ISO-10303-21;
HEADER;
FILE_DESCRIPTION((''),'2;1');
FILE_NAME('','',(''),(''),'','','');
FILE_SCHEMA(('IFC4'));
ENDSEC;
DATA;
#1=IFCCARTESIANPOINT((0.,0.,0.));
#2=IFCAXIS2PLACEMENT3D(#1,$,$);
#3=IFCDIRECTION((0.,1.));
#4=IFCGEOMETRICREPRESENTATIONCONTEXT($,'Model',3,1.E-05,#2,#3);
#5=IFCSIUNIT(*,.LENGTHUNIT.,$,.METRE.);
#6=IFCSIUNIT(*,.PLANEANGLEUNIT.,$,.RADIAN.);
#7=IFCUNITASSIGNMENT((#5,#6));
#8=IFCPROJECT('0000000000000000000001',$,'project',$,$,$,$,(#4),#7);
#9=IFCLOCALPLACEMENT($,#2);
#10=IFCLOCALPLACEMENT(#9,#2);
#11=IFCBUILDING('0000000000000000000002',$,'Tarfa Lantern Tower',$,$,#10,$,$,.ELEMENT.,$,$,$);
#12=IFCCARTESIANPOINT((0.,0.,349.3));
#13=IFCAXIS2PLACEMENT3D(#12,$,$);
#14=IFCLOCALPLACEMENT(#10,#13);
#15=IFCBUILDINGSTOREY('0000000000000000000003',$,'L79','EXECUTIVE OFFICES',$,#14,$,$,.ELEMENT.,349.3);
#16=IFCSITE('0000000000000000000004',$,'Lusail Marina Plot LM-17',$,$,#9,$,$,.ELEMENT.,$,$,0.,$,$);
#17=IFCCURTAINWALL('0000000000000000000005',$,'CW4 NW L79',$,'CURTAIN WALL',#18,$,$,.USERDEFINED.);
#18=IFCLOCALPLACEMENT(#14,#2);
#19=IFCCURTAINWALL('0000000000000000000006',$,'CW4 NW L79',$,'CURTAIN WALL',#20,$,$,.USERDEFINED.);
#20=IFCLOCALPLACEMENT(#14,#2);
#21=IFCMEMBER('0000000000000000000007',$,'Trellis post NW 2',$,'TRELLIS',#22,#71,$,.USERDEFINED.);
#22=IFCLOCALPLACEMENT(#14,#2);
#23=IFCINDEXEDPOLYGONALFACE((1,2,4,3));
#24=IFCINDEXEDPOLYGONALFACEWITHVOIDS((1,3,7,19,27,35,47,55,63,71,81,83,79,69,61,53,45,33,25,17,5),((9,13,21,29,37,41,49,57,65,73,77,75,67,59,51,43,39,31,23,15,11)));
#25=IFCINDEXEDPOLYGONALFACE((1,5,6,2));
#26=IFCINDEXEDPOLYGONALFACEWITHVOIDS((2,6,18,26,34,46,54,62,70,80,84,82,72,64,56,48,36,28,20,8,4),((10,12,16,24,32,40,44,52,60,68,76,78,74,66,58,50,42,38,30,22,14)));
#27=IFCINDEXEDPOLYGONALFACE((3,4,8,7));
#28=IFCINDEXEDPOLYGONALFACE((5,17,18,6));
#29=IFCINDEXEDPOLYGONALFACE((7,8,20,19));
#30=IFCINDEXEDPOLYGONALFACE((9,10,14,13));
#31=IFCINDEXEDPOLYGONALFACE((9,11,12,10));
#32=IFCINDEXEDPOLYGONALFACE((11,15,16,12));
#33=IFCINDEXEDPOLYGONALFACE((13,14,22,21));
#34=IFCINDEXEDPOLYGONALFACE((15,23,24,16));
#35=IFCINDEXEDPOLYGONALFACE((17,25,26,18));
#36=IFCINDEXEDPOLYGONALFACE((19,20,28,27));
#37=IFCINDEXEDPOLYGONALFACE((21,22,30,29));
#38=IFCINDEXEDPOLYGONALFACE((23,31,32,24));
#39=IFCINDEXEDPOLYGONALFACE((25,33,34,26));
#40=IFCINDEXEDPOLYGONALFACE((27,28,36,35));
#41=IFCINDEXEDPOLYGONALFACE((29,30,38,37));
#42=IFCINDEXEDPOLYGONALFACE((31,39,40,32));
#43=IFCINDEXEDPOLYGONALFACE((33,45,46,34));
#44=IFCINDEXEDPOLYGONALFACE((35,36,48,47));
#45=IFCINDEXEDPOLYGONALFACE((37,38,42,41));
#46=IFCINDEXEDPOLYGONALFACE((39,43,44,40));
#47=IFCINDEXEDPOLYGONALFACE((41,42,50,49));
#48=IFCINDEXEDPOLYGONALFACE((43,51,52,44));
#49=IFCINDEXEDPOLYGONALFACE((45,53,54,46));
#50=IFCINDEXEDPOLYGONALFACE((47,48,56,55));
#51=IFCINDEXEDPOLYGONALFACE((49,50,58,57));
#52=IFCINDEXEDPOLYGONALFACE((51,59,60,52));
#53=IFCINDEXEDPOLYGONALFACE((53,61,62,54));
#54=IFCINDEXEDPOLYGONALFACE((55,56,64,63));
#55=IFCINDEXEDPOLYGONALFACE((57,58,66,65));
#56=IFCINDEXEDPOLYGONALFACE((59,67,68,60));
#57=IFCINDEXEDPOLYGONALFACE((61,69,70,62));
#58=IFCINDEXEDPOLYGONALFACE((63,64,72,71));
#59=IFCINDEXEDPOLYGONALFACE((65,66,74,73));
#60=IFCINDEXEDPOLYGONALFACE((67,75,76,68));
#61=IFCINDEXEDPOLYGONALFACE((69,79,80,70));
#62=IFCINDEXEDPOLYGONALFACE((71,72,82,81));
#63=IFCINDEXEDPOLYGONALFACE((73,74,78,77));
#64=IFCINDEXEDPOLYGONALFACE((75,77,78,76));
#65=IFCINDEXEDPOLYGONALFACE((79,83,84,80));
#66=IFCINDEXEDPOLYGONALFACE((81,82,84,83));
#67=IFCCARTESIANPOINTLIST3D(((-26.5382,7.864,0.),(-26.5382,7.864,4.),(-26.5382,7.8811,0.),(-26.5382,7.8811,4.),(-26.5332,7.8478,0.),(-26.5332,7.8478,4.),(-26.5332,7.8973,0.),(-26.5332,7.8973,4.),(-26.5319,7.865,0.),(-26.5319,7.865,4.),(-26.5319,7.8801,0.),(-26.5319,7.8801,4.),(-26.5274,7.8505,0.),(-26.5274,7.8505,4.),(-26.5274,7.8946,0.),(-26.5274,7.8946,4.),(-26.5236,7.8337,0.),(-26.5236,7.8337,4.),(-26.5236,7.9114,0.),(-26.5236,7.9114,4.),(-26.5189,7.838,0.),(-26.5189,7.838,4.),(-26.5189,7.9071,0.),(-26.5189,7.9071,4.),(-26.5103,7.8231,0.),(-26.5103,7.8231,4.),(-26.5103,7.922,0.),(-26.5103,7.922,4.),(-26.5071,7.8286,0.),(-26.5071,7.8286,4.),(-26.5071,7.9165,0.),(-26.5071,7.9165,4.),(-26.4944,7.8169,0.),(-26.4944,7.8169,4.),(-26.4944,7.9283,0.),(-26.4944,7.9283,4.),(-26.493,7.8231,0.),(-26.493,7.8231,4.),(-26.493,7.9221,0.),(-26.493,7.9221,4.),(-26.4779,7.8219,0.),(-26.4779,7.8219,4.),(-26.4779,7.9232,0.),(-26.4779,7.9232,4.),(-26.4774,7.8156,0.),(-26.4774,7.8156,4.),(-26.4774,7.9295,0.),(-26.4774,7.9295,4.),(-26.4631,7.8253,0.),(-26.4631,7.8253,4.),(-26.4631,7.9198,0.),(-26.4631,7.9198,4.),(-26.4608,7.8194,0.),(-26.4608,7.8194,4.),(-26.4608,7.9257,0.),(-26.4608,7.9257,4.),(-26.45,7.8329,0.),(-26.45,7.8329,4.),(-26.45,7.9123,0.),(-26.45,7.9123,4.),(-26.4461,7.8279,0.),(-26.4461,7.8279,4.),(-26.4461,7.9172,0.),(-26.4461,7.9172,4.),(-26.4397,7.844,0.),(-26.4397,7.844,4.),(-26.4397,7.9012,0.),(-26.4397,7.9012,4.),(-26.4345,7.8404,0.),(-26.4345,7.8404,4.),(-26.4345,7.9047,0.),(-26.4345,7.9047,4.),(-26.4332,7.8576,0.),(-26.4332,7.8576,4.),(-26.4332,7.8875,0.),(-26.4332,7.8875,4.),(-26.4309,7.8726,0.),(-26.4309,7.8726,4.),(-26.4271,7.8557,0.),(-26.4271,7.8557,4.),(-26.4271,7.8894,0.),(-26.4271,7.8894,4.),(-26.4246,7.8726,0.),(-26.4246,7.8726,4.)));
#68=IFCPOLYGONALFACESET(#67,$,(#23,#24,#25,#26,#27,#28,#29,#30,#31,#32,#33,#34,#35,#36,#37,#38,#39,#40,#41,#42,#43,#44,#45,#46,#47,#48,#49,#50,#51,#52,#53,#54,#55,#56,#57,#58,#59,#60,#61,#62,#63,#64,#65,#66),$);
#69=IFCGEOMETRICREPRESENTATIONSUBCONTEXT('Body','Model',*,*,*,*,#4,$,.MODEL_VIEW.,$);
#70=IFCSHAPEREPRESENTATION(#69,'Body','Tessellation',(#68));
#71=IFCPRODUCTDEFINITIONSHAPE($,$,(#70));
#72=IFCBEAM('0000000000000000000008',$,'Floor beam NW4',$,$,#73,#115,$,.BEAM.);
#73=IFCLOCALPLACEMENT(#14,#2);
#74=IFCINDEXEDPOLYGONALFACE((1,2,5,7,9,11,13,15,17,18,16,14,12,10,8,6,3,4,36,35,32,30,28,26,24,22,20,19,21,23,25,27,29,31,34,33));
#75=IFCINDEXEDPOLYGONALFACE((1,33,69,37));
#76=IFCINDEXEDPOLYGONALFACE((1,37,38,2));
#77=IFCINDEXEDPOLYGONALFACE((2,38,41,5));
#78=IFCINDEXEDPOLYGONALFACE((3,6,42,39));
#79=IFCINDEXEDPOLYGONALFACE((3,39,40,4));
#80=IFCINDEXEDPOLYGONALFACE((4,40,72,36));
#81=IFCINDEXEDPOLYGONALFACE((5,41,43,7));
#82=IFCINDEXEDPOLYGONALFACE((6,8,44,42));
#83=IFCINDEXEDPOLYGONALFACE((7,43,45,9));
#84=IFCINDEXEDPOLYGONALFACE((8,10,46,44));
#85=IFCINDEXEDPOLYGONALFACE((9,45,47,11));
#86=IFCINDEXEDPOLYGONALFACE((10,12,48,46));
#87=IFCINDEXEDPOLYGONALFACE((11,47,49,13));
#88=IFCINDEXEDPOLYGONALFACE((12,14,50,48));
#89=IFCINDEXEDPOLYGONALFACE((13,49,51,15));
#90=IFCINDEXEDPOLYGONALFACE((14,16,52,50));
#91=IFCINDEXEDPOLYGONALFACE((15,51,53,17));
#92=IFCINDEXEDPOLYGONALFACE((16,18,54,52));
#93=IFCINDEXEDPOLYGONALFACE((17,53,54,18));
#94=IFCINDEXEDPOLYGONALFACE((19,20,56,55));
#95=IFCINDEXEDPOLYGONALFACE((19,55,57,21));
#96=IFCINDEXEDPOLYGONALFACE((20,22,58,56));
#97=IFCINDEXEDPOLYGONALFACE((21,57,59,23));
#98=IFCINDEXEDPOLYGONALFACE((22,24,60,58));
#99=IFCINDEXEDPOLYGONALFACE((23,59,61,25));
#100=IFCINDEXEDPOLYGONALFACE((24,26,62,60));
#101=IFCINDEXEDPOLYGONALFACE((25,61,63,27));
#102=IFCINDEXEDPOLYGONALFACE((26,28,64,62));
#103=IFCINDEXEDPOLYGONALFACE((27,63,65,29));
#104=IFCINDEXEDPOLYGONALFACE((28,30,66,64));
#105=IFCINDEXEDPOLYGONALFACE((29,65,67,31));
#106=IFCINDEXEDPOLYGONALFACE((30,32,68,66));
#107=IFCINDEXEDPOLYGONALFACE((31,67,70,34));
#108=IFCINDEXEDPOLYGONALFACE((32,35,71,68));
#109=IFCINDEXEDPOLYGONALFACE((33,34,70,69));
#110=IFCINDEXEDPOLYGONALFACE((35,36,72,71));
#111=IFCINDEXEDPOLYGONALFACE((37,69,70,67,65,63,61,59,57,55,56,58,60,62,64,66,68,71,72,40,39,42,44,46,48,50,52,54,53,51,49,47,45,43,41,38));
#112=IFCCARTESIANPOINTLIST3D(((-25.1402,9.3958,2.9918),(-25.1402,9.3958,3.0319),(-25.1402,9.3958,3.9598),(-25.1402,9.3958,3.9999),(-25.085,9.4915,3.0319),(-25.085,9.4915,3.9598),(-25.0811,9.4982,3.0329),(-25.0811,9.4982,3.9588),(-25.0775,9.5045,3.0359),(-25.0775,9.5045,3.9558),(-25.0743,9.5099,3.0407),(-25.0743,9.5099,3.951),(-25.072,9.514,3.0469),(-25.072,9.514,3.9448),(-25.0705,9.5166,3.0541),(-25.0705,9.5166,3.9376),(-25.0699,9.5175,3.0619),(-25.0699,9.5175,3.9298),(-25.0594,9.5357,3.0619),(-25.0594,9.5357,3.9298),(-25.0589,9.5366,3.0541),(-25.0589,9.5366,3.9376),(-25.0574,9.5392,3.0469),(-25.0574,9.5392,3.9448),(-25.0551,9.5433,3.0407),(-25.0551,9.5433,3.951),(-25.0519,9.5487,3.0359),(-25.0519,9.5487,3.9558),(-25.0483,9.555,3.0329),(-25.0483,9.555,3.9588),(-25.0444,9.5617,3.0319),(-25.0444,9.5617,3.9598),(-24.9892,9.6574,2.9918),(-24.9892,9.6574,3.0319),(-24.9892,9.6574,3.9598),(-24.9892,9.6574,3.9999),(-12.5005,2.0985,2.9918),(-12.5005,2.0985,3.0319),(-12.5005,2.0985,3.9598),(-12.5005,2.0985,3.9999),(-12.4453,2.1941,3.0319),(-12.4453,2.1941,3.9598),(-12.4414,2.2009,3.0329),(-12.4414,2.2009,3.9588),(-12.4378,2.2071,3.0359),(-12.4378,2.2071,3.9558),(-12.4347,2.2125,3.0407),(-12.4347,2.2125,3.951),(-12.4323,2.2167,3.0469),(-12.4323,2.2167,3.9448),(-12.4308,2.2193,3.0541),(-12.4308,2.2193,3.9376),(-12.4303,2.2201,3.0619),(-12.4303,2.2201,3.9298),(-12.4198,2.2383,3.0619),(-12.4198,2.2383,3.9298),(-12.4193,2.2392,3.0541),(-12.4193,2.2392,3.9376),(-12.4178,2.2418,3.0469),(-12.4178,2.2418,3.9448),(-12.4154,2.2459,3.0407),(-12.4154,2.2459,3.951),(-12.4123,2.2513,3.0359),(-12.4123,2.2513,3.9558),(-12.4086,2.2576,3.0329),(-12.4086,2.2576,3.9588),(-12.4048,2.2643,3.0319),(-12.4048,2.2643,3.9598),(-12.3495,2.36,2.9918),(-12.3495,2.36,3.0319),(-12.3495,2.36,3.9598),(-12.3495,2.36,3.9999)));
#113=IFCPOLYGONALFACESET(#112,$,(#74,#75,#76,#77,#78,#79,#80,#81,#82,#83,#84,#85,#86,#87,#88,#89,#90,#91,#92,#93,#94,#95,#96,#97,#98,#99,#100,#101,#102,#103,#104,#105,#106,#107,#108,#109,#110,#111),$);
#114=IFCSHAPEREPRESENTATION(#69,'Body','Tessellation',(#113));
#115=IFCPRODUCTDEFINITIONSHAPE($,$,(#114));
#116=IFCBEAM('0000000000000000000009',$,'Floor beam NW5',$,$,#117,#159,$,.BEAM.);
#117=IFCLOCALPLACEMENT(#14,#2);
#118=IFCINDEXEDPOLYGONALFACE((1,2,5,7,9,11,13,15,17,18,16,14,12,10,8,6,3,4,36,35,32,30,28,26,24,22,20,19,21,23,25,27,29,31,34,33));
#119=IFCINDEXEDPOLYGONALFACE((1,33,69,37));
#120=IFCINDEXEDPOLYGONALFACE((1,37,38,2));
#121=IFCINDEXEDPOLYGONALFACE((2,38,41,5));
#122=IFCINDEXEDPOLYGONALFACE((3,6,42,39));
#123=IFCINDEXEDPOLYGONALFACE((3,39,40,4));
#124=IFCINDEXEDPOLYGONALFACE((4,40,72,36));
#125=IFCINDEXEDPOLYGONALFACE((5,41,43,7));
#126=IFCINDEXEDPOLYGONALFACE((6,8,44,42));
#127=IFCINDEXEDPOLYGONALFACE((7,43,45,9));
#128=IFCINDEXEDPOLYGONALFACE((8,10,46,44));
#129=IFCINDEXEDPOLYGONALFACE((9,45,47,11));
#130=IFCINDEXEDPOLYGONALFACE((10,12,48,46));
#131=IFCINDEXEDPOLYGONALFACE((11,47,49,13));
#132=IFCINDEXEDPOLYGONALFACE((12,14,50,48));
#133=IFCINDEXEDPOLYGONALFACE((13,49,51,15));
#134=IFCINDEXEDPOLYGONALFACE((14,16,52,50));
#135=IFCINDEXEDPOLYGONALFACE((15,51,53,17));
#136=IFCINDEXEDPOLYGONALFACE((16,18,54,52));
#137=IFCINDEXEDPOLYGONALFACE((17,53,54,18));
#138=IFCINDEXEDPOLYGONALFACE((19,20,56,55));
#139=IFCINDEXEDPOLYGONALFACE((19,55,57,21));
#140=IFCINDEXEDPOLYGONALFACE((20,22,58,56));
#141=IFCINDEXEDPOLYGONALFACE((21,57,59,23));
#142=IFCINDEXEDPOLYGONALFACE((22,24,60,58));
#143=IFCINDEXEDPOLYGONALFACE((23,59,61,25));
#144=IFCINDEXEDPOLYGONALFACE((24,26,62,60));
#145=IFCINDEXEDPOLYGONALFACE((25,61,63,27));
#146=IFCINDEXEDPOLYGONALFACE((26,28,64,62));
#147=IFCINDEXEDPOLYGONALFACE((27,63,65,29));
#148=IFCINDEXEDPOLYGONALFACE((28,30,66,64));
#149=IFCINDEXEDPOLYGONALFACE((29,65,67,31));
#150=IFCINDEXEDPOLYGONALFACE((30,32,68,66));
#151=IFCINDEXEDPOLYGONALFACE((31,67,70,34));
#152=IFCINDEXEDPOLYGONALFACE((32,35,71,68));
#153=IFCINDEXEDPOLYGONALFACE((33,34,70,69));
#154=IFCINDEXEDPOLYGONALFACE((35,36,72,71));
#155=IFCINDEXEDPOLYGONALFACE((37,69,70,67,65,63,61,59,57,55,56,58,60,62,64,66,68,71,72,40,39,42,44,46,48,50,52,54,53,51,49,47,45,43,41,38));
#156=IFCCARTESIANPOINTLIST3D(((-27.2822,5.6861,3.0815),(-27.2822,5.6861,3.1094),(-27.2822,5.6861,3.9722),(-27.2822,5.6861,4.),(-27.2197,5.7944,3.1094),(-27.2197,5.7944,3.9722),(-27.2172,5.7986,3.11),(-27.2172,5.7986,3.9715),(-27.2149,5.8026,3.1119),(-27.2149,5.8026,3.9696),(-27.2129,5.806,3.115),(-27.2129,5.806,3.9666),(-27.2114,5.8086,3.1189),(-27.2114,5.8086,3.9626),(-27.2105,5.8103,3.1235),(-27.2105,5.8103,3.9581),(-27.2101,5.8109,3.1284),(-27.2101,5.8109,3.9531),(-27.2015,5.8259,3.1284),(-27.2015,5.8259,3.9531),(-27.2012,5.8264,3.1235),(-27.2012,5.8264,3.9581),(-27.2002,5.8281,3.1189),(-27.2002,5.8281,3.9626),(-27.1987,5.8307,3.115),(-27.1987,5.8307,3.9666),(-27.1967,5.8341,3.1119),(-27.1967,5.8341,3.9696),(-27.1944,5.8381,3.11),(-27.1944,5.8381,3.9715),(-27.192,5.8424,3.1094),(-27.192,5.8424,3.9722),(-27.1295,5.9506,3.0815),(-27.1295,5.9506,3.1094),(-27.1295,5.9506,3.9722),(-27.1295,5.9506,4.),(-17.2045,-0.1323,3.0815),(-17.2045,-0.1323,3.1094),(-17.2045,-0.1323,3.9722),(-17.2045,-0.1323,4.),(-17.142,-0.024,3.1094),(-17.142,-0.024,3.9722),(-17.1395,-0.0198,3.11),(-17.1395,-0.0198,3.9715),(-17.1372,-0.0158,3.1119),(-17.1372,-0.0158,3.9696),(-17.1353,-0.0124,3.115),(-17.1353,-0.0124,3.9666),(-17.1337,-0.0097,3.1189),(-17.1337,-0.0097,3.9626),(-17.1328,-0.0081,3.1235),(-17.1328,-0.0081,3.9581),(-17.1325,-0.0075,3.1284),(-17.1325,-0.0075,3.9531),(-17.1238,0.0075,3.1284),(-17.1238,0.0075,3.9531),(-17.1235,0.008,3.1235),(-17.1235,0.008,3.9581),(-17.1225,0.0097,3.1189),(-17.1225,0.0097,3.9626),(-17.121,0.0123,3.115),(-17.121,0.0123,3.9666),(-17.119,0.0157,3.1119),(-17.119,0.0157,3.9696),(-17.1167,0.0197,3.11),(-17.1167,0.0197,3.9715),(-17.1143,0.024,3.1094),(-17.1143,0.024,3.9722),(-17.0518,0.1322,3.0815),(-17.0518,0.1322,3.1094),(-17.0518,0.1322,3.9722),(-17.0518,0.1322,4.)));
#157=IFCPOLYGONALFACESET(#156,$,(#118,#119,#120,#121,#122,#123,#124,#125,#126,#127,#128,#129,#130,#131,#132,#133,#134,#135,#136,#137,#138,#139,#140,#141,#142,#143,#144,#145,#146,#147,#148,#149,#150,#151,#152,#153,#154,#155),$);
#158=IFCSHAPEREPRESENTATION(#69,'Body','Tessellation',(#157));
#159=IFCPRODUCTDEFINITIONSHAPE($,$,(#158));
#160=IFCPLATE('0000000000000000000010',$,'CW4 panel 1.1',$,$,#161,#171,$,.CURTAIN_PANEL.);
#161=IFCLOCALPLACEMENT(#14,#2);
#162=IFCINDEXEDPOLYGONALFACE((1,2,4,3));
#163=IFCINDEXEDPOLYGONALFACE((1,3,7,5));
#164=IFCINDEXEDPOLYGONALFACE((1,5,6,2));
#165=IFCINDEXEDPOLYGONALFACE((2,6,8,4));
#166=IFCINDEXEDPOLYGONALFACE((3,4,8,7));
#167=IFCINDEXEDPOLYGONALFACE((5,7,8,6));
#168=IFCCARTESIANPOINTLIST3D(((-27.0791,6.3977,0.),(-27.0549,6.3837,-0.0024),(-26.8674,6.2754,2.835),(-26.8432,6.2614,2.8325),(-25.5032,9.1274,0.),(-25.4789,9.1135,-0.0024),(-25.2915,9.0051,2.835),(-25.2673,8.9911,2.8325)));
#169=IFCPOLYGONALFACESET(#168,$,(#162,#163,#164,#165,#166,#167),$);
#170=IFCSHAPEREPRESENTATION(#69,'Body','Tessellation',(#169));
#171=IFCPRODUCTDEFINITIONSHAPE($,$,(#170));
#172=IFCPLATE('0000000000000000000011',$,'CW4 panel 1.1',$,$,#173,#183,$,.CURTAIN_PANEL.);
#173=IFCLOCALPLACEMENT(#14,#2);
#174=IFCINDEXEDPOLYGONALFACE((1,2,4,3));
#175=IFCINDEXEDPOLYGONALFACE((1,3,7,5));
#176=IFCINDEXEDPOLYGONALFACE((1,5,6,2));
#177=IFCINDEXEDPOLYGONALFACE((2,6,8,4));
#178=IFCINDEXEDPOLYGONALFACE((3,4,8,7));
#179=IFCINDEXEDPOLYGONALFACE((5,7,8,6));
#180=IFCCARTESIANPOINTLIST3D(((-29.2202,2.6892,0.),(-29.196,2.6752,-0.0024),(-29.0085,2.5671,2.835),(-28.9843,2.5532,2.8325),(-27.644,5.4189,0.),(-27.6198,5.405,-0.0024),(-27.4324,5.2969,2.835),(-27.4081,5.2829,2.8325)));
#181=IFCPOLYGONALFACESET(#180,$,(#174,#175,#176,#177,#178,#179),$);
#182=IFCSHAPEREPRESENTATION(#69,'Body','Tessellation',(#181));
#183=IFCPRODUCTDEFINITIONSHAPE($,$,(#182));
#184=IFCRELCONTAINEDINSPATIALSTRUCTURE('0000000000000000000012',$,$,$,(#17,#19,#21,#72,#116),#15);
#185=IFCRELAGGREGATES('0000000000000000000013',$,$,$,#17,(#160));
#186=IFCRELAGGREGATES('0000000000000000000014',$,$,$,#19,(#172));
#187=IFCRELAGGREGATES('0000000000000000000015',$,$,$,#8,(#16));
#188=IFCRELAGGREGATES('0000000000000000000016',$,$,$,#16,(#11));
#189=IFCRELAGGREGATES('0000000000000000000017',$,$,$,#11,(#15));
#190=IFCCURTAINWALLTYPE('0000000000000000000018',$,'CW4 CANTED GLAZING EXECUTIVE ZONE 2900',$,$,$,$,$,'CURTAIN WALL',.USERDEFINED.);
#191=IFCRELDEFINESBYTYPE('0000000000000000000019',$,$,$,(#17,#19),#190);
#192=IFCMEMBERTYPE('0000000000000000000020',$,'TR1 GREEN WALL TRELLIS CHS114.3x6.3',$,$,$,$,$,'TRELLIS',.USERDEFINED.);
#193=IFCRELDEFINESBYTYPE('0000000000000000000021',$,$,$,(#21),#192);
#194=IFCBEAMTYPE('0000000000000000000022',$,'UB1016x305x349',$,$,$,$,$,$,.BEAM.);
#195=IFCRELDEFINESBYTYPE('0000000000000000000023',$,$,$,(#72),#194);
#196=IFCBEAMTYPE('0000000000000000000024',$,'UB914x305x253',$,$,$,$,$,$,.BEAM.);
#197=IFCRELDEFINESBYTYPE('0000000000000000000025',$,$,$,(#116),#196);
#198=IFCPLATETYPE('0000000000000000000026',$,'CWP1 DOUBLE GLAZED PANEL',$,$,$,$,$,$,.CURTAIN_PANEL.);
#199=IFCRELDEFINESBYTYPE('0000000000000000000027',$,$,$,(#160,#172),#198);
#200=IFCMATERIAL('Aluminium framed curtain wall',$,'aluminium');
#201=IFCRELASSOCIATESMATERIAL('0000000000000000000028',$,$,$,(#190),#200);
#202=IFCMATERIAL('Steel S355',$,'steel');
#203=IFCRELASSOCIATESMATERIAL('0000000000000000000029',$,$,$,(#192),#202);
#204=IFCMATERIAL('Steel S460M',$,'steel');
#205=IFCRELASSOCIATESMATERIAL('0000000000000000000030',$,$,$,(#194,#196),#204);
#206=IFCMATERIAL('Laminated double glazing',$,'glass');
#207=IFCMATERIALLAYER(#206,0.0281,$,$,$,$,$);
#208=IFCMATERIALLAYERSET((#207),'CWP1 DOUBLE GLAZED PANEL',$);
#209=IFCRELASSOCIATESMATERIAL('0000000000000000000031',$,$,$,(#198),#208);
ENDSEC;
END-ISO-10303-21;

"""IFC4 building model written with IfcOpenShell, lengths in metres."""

from ifc_helpers import new_model, si_unit, direction, frame, origin, origin_2d, place, context, subcontext, project, spatial, polyline, hollow_circle, i_section, outline, extrude, material, layer, layer_set, material_profile, profile_set, type_object, element, aggregate, save


model = new_model("IFC4")

# Units and contexts
model_context = context("Model", 3, precision=1e-05, world=origin(), true_north=direction((0.0, 1.0)))
body_context = subcontext(model_context, "Body", "Model", "MODEL_VIEW")
ifc_project = project(units=[si_unit("LENGTHUNIT", "METRE"), si_unit("PLANEANGLEUNIT", "RADIAN")], contexts=[model_context])

# Site, building, storey
site_placement = place(None, origin())
site = spatial("IfcSite", under=ifc_project, at=site_placement, Name="Lusail Marina Plot LM-17", CompositionType="ELEMENT", RefElevation=0.0)
building_placement = place(site_placement, origin())
building = spatial("IfcBuilding", under=site, at=building_placement, Name="Tarfa Lantern Tower", CompositionType="ELEMENT")
storey_placement = place(building_placement, frame((0.0, 0.0, 349.3)))
storey = spatial("IfcBuildingStorey", under=building, at=storey_placement, Name="L79", Description="EXECUTIVE OFFICES", CompositionType="ELEMENT", Elevation=349.3)

# Shared definitions
ifc_material_1 = material(Name="Aluminium framed curtain wall", Category="aluminium")
curtain_wall_type = type_object("IfcCurtainWallType", Name="CW4 CANTED GLAZING EXECUTIVE ZONE 2900", ElementType="CURTAIN WALL", PredefinedType="USERDEFINED", material=ifc_material_1)

# Curtain walls
curtain_wall_1_placement = place(storey_placement, origin())
curtain_wall_1 = element("IfcCurtainWall", 1, at=curtain_wall_1_placement, inside=storey, type_object=curtain_wall_type, Name="CW4 NW L79", ObjectType="CURTAIN WALL", PredefinedType="USERDEFINED")
curtain_wall_2_placement = place(storey_placement, origin())
curtain_wall_2 = element("IfcCurtainWall", 2, at=curtain_wall_2_placement, inside=storey, type_object=curtain_wall_type, Name="CW4 NW L79", ObjectType="CURTAIN WALL", PredefinedType="USERDEFINED")

# Member
ifc_material_2 = material(Name="Steel S355", Category="steel")
ifc_material_profile_1 = material_profile(ifc_material_2, hollow_circle(Radius=0.0571, WallThickness=0.0063, at=origin_2d()), Name="CHS114.3x6.3")
ifc_profile_set_1 = profile_set([ifc_material_profile_1], Name="Steel S355")
member_type_1 = type_object("IfcMemberType", Name="TR1 GREEN WALL TRELLIS CHS114.3x6.3", ElementType="TRELLIS", PredefinedType="USERDEFINED", material=ifc_profile_set_1)
member_1_placement = place(storey_placement, frame((-26.4817, 7.8726, 0.0), z_axis=(0.0, 0.0, 1.0), x_axis=(1.0, 0.0, 0.0)))
element("IfcMember", 3, at=member_1_placement, inside=storey, type_object=member_type_1, Name="Trellis post NW 2", ObjectType="TRELLIS", PredefinedType="USERDEFINED", context=body_context, shape_type="SweptSolid", body=[
    extrude(hollow_circle(Radius=0.0571, WallThickness=0.0063, at=origin_2d()), origin(), (0.0, 0.0, 1.0), 4.0),
])

# Beams
ifc_material_3 = material(Name="Steel S460M", Category="steel")
ifc_material_profile_2 = material_profile(ifc_material_3, i_section(OverallWidth=0.302, OverallDepth=1.0081, WebThickness=0.021, FlangeThickness=0.04, FilletRadius=0.03, at=origin_2d()), Name="UB1016x305x349")
ifc_profile_set_2 = profile_set([ifc_material_profile_2], Name="Steel S460M")
beam_type_1 = type_object("IfcBeamType", Name="UB1016x305x349", PredefinedType="BEAM", material=ifc_profile_set_2)
beam_1_placement = place(storey_placement, frame((-25.0647, 9.5266, 3.4958), z_axis=(0.86603, -0.499993, 0.0), x_axis=(0.499993, 0.86603, 0.0)))
element("IfcBeam", 4, at=beam_1_placement, inside=storey, type_object=beam_type_1, Name="Floor beam NW4", PredefinedType="BEAM", context=body_context, shape_type="SweptSolid", body=[
    extrude(i_section(OverallWidth=0.302, OverallDepth=1.0081, WebThickness=0.021, FlangeThickness=0.04, FilletRadius=0.03, at=origin_2d()), origin(), (0.0, 0.0, 1.0), 14.595),
])
ifc_material_profile_3 = material_profile(ifc_material_3, i_section(OverallWidth=0.3054, OverallDepth=0.9185, WebThickness=0.0173, FlangeThickness=0.0278, FilletRadius=0.019, at=origin_2d()), Name="UB914x305x253")
ifc_profile_set_3 = profile_set([ifc_material_profile_3], Name="Steel S460M")
beam_type_2 = type_object("IfcBeamType", Name="UB914x305x253", PredefinedType="BEAM", material=ifc_profile_set_3)
beam_2_placement = place(storey_placement, frame((-27.2058, 5.8184, 3.5408), z_axis=(0.866024, -0.500002, 0.0), x_axis=(0.500002, 0.866024, 0.0)))
element("IfcBeam", 5, at=beam_2_placement, inside=storey, type_object=beam_type_2, Name="Floor beam NW5", PredefinedType="BEAM", context=body_context, shape_type="SweptSolid", body=[
    extrude(i_section(OverallWidth=0.3054, OverallDepth=0.9185, WebThickness=0.0173, FlangeThickness=0.0278, FilletRadius=0.019, at=origin_2d()), origin(), (0.0, 0.0, 1.0), 11.6367),
])

# Plates
ifc_material_4 = material(Name="Laminated double glazing", Category="glass")
ifc_layer_1 = layer(ifc_material_4, 0.0281)
ifc_layer_set_1 = layer_set([ifc_layer_1], Name="CWP1 DOUBLE GLAZED PANEL")
plate_type = type_object("IfcPlateType", Name="CWP1 DOUBLE GLAZED PANEL", PredefinedType="CURTAIN_PANEL", material=ifc_layer_set_1)
plate_1_placement = place(storey_placement, frame((-25.5032, 9.1274, 0.0), z_axis=(-0.862835, 0.498131, 0.085915), x_axis=(-0.499979, -0.866037, 0.0)))
plate_1 = element("IfcPlate", 6, at=plate_1_placement, type_object=plate_type, Name="CW4 panel 1.1", PredefinedType="CURTAIN_PANEL", context=body_context, shape_type="SweptSolid", body=[
    extrude(outline(polyline([(0.0, 0.0), (3.152, 0.0), (3.1521, 2.8455), (0.0001, 2.8455), (0.0, 0.0)])), origin(), (0.0, 0.0, -1.0), 0.0281),
])
aggregate(curtain_wall_1, [plate_1])
plate_2_placement = place(storey_placement, frame((-27.644, 5.4189, 0.0), z_axis=(-0.862805, 0.498191, 0.085872), x_axis=(-0.500038, -0.866004, 0.0)))
plate_2 = element("IfcPlate", 7, at=plate_2_placement, type_object=plate_type, Name="CW4 panel 1.1", PredefinedType="CURTAIN_PANEL", context=body_context, shape_type="SweptSolid", body=[
    extrude(outline(polyline([(0.0, 0.0), (3.1521, 0.0), (3.152, 2.8455), (-0.0001, 2.8455), (0.0, 0.0)])), origin(), (0.0, 0.0, -1.0), 0.0281),
])
aggregate(curtain_wall_2, [plate_2])

save(model, "model.ifc")
